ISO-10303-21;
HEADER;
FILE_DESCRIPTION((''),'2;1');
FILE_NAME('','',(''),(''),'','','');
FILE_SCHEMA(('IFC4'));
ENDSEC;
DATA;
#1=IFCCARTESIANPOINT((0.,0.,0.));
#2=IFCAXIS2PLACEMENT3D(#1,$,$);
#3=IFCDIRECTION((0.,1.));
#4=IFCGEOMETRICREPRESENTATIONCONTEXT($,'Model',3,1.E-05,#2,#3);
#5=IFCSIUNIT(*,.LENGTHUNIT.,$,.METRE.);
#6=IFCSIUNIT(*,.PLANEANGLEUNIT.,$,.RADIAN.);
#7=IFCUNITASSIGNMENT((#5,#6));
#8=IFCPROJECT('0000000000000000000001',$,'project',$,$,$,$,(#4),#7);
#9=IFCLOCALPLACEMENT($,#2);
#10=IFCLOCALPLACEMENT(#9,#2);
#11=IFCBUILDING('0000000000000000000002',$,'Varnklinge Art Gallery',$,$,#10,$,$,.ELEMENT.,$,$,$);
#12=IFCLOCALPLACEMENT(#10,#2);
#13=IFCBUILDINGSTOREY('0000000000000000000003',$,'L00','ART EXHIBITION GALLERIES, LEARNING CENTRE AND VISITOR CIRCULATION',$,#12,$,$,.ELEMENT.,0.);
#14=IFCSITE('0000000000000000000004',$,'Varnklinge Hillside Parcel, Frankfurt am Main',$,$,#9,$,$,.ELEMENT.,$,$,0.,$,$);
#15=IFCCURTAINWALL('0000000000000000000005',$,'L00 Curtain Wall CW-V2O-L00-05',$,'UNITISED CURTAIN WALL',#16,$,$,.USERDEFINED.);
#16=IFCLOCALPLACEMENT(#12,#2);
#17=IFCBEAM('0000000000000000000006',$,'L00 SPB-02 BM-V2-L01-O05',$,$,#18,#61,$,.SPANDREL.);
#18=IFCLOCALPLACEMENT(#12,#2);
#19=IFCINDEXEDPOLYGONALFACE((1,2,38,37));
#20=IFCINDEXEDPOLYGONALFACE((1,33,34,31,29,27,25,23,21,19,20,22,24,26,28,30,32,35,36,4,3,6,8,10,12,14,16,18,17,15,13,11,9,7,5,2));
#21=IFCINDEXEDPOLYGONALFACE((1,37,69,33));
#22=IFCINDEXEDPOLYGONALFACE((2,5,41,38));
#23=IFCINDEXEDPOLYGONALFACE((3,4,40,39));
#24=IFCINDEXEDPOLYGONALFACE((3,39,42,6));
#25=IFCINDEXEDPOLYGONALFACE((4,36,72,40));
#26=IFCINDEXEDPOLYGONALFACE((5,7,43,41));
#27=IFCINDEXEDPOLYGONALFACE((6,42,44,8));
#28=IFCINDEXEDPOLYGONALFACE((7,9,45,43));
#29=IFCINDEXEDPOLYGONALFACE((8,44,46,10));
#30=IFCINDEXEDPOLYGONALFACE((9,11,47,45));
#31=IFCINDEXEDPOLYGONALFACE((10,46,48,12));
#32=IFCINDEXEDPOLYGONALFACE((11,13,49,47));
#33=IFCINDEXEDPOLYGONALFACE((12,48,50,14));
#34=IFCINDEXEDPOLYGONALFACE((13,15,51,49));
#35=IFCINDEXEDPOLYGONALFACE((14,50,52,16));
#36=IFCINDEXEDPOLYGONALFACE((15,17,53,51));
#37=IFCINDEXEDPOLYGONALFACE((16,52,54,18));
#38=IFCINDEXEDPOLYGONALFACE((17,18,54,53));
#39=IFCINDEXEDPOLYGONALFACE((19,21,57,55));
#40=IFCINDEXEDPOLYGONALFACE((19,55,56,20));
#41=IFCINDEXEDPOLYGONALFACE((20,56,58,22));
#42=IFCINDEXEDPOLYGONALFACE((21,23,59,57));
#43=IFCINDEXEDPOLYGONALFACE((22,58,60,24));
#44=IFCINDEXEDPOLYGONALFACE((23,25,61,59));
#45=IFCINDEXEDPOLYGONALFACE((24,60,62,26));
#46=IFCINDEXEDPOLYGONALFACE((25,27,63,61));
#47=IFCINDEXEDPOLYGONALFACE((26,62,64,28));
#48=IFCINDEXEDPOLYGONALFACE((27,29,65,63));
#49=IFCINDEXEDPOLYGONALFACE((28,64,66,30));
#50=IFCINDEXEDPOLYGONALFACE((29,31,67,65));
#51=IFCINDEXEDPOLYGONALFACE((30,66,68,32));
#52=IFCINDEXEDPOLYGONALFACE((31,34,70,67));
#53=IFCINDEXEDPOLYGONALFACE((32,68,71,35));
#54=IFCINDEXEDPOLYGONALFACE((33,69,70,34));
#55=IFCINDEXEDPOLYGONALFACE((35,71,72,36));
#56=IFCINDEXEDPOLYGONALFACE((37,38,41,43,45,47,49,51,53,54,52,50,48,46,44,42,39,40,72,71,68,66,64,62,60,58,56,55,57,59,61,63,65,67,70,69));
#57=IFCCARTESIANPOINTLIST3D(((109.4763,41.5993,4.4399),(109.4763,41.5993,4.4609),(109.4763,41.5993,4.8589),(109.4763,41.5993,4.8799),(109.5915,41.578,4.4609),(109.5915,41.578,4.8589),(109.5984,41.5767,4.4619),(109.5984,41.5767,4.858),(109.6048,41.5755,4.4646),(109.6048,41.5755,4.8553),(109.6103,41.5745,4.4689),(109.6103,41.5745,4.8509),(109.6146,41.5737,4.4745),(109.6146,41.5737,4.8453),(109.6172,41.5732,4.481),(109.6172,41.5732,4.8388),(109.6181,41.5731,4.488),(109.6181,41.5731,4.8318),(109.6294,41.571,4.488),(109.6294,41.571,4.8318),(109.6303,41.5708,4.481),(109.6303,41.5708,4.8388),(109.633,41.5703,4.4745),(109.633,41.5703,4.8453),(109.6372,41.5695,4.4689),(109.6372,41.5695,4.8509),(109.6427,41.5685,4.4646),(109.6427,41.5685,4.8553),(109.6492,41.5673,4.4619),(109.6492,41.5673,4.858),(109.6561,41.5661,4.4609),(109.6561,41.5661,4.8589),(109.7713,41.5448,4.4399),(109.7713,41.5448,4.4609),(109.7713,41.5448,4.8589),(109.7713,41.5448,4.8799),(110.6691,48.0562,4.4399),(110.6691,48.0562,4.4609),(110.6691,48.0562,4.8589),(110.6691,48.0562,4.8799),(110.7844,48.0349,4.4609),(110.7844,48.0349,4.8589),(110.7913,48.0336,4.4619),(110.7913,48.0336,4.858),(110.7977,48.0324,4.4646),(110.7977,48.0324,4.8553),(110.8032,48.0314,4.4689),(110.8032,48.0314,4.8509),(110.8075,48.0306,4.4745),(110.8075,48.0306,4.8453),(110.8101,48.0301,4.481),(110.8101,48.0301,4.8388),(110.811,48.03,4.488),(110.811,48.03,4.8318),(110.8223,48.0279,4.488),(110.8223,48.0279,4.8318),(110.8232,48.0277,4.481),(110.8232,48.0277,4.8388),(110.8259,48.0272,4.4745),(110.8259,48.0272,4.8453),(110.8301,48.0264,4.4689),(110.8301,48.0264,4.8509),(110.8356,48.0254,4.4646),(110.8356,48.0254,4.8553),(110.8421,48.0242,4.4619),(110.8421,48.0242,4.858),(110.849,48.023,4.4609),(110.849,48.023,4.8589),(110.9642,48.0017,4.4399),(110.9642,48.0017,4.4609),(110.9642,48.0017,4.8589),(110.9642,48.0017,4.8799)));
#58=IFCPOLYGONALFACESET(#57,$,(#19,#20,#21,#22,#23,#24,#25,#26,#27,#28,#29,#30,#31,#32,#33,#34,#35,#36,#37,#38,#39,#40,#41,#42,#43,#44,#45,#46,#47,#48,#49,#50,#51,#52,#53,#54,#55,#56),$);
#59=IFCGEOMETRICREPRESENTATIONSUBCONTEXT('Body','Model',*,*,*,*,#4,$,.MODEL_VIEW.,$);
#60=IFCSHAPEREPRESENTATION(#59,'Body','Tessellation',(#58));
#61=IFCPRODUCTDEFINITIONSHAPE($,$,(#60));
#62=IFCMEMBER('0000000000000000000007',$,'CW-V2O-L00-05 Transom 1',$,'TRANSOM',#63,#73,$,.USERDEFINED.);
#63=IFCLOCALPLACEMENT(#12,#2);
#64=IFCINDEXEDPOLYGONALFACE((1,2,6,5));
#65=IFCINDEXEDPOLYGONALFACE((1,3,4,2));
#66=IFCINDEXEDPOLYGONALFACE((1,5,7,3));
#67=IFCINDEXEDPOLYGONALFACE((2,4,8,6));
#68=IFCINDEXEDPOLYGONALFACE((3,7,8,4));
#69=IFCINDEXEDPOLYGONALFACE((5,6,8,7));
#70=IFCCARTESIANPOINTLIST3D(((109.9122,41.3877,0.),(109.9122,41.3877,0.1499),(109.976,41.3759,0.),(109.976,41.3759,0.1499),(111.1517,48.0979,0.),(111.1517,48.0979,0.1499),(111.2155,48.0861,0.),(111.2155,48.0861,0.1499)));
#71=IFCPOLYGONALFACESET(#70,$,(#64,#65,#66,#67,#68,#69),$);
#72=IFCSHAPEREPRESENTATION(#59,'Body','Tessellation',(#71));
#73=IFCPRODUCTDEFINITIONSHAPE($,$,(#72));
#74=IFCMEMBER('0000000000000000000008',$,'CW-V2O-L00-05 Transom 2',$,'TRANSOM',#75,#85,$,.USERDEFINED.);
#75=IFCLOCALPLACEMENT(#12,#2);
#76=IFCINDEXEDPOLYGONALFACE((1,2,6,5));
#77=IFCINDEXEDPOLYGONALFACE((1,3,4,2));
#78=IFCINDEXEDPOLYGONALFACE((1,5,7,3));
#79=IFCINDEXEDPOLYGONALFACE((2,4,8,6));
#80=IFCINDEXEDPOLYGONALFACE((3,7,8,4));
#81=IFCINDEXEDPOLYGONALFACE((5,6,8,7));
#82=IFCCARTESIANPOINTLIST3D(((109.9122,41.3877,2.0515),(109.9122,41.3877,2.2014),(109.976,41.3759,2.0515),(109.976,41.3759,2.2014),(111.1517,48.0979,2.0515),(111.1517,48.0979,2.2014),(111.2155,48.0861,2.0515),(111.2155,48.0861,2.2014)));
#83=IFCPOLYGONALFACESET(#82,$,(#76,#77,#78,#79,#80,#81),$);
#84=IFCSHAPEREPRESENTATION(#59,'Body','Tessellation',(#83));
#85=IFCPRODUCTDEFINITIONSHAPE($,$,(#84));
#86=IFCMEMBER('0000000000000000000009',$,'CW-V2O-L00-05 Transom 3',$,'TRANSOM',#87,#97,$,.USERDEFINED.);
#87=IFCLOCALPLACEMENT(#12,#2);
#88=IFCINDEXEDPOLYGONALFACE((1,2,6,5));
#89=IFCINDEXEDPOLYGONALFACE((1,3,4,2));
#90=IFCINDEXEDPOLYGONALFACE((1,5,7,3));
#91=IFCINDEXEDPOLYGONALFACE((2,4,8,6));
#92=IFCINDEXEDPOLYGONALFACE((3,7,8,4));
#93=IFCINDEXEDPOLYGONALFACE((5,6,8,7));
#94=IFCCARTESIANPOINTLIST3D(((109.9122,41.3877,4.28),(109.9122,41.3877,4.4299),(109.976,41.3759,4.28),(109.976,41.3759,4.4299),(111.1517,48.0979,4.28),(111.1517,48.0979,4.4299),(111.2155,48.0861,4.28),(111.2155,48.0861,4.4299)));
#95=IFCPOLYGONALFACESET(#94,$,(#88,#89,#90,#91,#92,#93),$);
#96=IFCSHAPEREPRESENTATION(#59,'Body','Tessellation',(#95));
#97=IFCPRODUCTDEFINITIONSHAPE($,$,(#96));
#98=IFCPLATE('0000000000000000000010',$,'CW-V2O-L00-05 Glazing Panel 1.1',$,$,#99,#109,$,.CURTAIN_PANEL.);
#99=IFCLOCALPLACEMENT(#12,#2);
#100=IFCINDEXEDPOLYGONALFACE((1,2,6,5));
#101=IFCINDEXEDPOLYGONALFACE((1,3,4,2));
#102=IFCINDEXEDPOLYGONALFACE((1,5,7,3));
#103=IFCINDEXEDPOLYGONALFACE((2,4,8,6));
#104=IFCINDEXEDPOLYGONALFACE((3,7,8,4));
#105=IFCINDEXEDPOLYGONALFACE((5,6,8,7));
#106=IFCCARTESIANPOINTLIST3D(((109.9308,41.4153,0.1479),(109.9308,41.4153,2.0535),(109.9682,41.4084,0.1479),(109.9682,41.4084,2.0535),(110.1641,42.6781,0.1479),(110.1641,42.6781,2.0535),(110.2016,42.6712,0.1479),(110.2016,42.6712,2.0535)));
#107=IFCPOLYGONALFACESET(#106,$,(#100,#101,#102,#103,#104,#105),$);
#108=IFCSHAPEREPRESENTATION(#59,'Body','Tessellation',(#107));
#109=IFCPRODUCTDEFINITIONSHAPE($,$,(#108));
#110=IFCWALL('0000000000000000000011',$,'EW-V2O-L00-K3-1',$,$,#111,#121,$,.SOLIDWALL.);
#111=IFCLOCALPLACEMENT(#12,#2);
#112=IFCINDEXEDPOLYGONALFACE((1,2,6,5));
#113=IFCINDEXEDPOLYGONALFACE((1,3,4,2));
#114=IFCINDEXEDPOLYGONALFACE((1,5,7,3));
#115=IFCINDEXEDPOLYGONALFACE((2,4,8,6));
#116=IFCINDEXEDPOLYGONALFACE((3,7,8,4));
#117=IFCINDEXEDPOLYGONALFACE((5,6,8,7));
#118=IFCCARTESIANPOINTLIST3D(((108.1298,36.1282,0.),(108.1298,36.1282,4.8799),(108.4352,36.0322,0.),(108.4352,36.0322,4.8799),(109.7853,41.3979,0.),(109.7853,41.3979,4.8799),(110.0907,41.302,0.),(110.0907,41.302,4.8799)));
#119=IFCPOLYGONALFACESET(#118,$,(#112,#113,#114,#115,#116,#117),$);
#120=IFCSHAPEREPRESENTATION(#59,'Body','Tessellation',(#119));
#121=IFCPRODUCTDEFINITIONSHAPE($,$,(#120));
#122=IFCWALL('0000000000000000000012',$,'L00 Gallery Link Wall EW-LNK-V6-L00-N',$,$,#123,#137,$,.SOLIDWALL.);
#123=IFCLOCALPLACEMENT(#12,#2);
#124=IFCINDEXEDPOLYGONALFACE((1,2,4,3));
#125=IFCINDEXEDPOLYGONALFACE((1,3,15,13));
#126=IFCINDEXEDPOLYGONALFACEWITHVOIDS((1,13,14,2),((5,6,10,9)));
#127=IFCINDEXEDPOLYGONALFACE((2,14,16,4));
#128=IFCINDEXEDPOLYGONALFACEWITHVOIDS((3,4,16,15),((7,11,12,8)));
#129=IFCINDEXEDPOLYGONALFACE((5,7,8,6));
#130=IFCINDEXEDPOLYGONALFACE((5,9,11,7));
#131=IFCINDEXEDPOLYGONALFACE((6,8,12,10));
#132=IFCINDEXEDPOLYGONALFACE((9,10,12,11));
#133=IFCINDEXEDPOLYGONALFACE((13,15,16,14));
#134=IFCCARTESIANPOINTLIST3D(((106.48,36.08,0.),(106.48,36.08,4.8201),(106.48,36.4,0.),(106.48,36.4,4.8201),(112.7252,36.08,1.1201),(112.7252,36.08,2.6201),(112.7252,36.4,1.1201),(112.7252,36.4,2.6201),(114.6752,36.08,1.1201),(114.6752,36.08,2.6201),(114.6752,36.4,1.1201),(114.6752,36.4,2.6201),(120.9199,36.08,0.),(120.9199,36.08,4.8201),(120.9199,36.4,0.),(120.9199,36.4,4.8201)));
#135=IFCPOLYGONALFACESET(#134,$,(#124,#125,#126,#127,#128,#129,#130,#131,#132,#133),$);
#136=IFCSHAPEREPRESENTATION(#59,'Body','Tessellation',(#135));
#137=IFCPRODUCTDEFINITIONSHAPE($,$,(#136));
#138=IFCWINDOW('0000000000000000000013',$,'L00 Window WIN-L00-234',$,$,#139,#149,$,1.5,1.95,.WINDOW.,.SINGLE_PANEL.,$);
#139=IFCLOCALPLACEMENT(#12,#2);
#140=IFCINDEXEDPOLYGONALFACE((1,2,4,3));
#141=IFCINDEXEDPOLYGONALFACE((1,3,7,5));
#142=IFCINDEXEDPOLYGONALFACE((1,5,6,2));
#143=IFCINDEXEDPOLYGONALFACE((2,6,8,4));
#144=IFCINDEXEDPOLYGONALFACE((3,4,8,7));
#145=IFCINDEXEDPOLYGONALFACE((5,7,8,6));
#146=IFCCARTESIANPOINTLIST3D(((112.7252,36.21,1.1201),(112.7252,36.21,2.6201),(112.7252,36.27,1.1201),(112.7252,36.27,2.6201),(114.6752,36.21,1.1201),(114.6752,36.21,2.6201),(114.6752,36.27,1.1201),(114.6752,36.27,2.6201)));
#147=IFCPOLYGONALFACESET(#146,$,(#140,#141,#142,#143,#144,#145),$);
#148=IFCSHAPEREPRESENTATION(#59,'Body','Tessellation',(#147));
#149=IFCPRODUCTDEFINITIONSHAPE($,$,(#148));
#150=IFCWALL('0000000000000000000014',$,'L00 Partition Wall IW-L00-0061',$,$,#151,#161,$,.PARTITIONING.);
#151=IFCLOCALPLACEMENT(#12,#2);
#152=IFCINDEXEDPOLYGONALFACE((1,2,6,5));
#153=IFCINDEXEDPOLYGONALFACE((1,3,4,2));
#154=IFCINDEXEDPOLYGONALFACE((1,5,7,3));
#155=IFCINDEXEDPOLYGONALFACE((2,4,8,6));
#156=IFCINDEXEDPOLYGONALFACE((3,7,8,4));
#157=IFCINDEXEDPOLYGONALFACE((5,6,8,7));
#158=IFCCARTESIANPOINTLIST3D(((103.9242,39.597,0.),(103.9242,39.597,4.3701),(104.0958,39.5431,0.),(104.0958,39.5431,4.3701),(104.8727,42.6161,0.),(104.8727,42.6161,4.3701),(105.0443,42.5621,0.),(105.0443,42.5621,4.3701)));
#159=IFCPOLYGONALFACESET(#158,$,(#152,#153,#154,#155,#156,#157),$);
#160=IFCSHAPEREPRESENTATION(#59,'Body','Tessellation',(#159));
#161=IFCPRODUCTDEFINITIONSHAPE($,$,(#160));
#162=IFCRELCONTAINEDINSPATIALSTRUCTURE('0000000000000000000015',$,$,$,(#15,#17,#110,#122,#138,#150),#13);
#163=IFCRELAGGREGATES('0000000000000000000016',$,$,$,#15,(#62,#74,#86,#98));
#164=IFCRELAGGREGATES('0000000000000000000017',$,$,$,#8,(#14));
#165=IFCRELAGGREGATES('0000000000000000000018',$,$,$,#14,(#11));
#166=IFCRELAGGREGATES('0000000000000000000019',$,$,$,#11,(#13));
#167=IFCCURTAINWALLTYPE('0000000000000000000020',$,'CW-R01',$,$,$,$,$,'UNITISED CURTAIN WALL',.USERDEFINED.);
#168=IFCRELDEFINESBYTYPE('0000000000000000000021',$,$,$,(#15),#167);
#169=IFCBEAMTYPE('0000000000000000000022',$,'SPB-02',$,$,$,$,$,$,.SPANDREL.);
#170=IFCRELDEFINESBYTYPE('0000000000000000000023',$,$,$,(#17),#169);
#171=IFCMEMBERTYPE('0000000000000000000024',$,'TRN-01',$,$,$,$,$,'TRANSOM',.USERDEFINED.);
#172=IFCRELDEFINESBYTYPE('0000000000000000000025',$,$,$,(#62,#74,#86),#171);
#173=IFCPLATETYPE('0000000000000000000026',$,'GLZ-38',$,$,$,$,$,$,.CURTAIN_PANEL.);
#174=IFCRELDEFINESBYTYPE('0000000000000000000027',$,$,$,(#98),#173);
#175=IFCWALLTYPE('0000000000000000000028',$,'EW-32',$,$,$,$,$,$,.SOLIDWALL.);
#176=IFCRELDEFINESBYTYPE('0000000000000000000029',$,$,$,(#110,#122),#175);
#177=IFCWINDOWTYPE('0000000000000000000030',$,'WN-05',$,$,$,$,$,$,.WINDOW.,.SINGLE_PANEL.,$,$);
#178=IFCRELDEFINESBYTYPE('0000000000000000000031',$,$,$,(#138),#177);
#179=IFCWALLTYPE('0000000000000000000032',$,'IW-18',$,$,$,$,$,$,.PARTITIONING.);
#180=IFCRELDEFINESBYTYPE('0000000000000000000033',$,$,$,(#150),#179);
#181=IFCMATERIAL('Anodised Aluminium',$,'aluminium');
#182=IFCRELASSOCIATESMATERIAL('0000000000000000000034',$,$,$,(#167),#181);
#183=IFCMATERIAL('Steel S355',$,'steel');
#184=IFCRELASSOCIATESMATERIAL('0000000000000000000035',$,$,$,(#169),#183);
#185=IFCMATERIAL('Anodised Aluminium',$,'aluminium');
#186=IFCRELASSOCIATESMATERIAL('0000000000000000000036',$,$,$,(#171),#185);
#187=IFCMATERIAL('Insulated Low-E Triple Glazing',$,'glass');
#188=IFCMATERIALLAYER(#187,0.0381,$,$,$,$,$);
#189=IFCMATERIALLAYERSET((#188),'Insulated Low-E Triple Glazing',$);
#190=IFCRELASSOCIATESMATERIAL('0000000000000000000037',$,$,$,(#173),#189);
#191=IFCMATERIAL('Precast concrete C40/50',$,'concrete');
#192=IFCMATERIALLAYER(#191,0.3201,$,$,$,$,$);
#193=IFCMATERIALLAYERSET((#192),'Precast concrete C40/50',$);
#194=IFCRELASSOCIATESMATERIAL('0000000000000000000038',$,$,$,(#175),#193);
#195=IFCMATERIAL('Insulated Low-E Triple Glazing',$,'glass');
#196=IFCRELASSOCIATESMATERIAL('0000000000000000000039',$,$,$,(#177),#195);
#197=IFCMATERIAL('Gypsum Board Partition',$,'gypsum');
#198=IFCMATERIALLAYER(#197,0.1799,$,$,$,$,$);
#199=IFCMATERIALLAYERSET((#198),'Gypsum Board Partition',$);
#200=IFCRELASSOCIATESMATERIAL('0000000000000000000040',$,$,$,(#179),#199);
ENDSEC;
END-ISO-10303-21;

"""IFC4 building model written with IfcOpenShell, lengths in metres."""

from ifc_helpers import new_model, si_unit, direction, frame, frame_2d, origin, origin_2d, place, context, subcontext, project, spatial, rectangle, i_section, extrude, material, layer, layer_set, material_profile, profile_set, type_object, element, fill, aggregate, save


model = new_model("IFC4")

# Units and contexts
model_context = context("Model", 3, precision=1e-05, world=origin(), true_north=direction((0.0, 1.0)))
body_context = subcontext(model_context, "Body", "Model", "MODEL_VIEW")
ifc_project = project(units=[si_unit("LENGTHUNIT", "METRE"), si_unit("PLANEANGLEUNIT", "RADIAN")], contexts=[model_context])

# Site, building, storey
site_placement = place(None, origin())
site = spatial("IfcSite", under=ifc_project, at=site_placement, Name="Varnklinge Hillside Parcel, Frankfurt am Main", CompositionType="ELEMENT", RefElevation=0.0)
building_placement = place(site_placement, origin())
building = spatial("IfcBuilding", under=site, at=building_placement, Name="Varnklinge Art Gallery", CompositionType="ELEMENT")
storey_placement = place(building_placement, origin())
storey = spatial("IfcBuildingStorey", under=building, at=storey_placement, Name="L00", Description="ART EXHIBITION GALLERIES, LEARNING CENTRE AND VISITOR CIRCULATION", CompositionType="ELEMENT", Elevation=0.0)

# Curtain wall
ifc_material_1 = material(Name="Anodised Aluminium", Category="aluminium")
curtain_wall_type = type_object("IfcCurtainWallType", Name="CW-R01", ElementType="UNITISED CURTAIN WALL", PredefinedType="USERDEFINED", material=ifc_material_1)
curtain_wall_placement = place(storey_placement, origin())
curtain_wall = element("IfcCurtainWall", 1, at=curtain_wall_placement, inside=storey, type_object=curtain_wall_type, Name="L00 Curtain Wall CW-V2O-L00-05", ObjectType="UNITISED CURTAIN WALL", PredefinedType="USERDEFINED")

# Beam
ifc_material_2 = material(Name="Steel S355", Category="steel")
ifc_material_profile_1 = material_profile(ifc_material_2, i_section(OverallWidth=0.3, OverallDepth=0.4399, WebThickness=0.0115, FlangeThickness=0.021, FilletRadius=0.0271, at=origin_2d()), Name="HEA 450")
ifc_profile_set_1 = profile_set([ifc_material_profile_1], Name="Steel S355")
beam_type_1 = type_object("IfcBeamType", Name="SPB-02", PredefinedType="SPANDREL", material=ifc_profile_set_1)
beam_1_placement = place(storey_placement, frame((109.6238, 41.572, 4.6599), z_axis=(0.181672, 0.983359, 0.0), x_axis=(-0.983359, 0.181672, 0.0)))
element("IfcBeam", 2, at=beam_1_placement, inside=storey, type_object=beam_type_1, Name="L00 SPB-02 BM-V2-L01-O05", PredefinedType="SPANDREL", context=body_context, shape_type="SweptSolid", body=[
    extrude(i_section(OverallWidth=0.3, OverallDepth=0.4399, WebThickness=0.0115, FlangeThickness=0.021, FilletRadius=0.0271, at=origin_2d()), origin(), (0.0, 0.0, 1.0), 6.5662),
])

# Members
ifc_material_3 = material(Name="Anodised Aluminium", Category="aluminium")
ifc_material_profile_2 = material_profile(ifc_material_3, rectangle(XDim=0.0649, YDim=0.1499, at=origin_2d()), Name="ALU 65x150")
ifc_profile_set_2 = profile_set([ifc_material_profile_2], Name="Anodised Aluminium")
member_type_1 = type_object("IfcMemberType", Name="TRN-01", ElementType="TRANSOM", PredefinedType="USERDEFINED", material=ifc_profile_set_2)
member_1_placement = place(storey_placement, frame((109.9441, 41.3818, 0.075), z_axis=(0.181646, 0.983364, 0.0), x_axis=(-0.983364, 0.181646, 0.0)))
member_1 = element("IfcMember", 3, at=member_1_placement, type_object=member_type_1, Name="CW-V2O-L00-05 Transom 1", ObjectType="TRANSOM", PredefinedType="USERDEFINED", context=body_context, shape_type="SweptSolid", body=[
    extrude(rectangle(XDim=0.0649, YDim=0.1499, at=origin_2d()), origin(), (0.0, 0.0, 1.0), 6.8237),
])
member_2_placement = place(storey_placement, frame((109.9441, 41.3818, 2.1265), z_axis=(0.181646, 0.983364, 0.0), x_axis=(-0.983364, 0.181646, 0.0)))
member_2 = element("IfcMember", 4, at=member_2_placement, type_object=member_type_1, Name="CW-V2O-L00-05 Transom 2", ObjectType="TRANSOM", PredefinedType="USERDEFINED", context=body_context, shape_type="SweptSolid", body=[
    extrude(rectangle(XDim=0.0649, YDim=0.1499, at=origin_2d()), origin(), (0.0, 0.0, 1.0), 6.8237),
])
member_3_placement = place(storey_placement, frame((109.9441, 41.3818, 4.355), z_axis=(0.181646, 0.983364, 0.0), x_axis=(-0.983364, 0.181646, 0.0)))
member_3 = element("IfcMember", 5, at=member_3_placement, type_object=member_type_1, Name="CW-V2O-L00-05 Transom 3", ObjectType="TRANSOM", PredefinedType="USERDEFINED", context=body_context, shape_type="SweptSolid", body=[
    extrude(rectangle(XDim=0.0649, YDim=0.1499, at=origin_2d()), origin(), (0.0, 0.0, 1.0), 6.8237),
])

# Plate
ifc_material_4 = material(Name="Insulated Low-E Triple Glazing", Category="glass")
ifc_layer_1 = layer(ifc_material_4, 0.0381)
ifc_layer_set_1 = layer_set([ifc_layer_1], Name="Insulated Low-E Triple Glazing")
plate_type = type_object("IfcPlateType", Name="GLZ-38", PredefinedType="CURTAIN_PANEL", material=ifc_layer_set_1)
plate_placement = place(storey_placement, frame((110.0662, 42.0432, 0.1479), z_axis=(0.0, 0.0, 1.0), x_axis=(0.181721, 0.98335, 0.0)))
plate = element("IfcPlate", 6, at=plate_placement, type_object=plate_type, Name="CW-V2O-L00-05 Glazing Panel 1.1", PredefinedType="CURTAIN_PANEL", context=body_context, shape_type="SweptSolid", body=[
    extrude(rectangle(XDim=1.2842, YDim=0.0381, at=origin_2d()), origin(), (0.0, 0.0, 1.0), 1.9055),
])
aggregate(curtain_wall, [member_1, member_2, member_3, plate])

# Wall
ifc_material_5 = material(Name="Precast concrete C40/50", Category="concrete")
ifc_layer_2 = layer(ifc_material_5, 0.3201)
ifc_layer_set_2 = layer_set([ifc_layer_2], Name="Precast concrete C40/50")
wall_type_1 = type_object("IfcWallType", Name="EW-32", PredefinedType="SOLIDWALL", material=ifc_layer_set_2)
wall_1_placement = place(storey_placement, frame((109.938, 41.3499, 0.0), z_axis=(0.0, 0.0, 1.0), x_axis=(-0.299712, -0.95403, 0.0)))
element("IfcWall", 7, at=wall_1_placement, inside=storey, type_object=wall_type_1, Name="EW-V2O-L00-K3-1", PredefinedType="SOLIDWALL", context=body_context, shape_type="SweptSolid", body=[
    extrude(rectangle(XDim=5.5237, YDim=0.3201, at=frame_2d((2.7617, 0.0))), origin(), (0.0, 0.0, 1.0), 4.8799),
])

# Wall, opening, window
wall_2_placement = place(storey_placement, frame((106.48, 36.24, 0.0), z_axis=(0.0, 0.0, 1.0), x_axis=(1.0, 0.0, 0.0)))
wall_2 = element("IfcWall", 8, at=wall_2_placement, inside=storey, type_object=wall_type_1, Name="L00 Gallery Link Wall EW-LNK-V6-L00-N", PredefinedType="SOLIDWALL", context=body_context, shape_type="SweptSolid", body=[
    extrude(rectangle(XDim=14.4399, YDim=0.3201, at=frame_2d((7.22, 0.0))), origin(), (0.0, 0.0, 1.0), 4.8201),
])
opening_placement = place(wall_2_placement, frame((6.2451, 0.0, 1.1201)))
opening = element("IfcOpeningElement", 9, at=opening_placement, cuts=wall_2, PredefinedType="OPENING", context=body_context, shape_type="SweptSolid", body=[
    extrude(rectangle(XDim=1.95, YDim=1.5, at=frame_2d((0.9751, 0.75))), frame((0.0, 0.1702, 0.0), z_axis=(0.0, -1.0, 0.0), x_axis=(1.0, 0.0, 0.0)), (0.0, 0.0, 1.0), 0.3401),
])
ifc_material_6 = material(Name="Insulated Low-E Triple Glazing", Category="glass")
window_type = type_object("IfcWindowType", Name="WN-05", PartitioningType="SINGLE_PANEL", PredefinedType="WINDOW", material=ifc_material_6)
window_placement = place(opening_placement, origin())
window = element("IfcWindow", 10, at=window_placement, inside=storey, type_object=window_type, Name="L00 Window WIN-L00-234", OverallHeight=1.5, OverallWidth=1.95, PartitioningType="SINGLE_PANEL", PredefinedType="WINDOW", context=body_context, shape_type="SweptSolid", body=[
    extrude(rectangle(XDim=1.95, YDim=1.5, at=frame_2d((0.9751, 0.75))), frame((0.0, 0.03, 0.0), z_axis=(0.0, -1.0, 0.0), x_axis=(1.0, 0.0, 0.0)), (0.0, 0.0, 1.0), 0.0601),
])
fill(opening, window)

# Wall
ifc_material_7 = material(Name="Gypsum Board Partition", Category="gypsum")
ifc_layer_3 = layer(ifc_material_7, 0.1799)
ifc_layer_set_3 = layer_set([ifc_layer_3], Name="Gypsum Board Partition")
wall_type_2 = type_object("IfcWallType", Name="IW-18", PredefinedType="PARTITIONING", material=ifc_layer_set_3)
wall_3_placement = place(storey_placement, frame((104.9585, 42.5891, 0.0), z_axis=(0.0, 0.0, 1.0), x_axis=(-0.299724, -0.954026, 0.0)))
element("IfcWall", 11, at=wall_3_placement, inside=storey, type_object=wall_type_2, Name="L00 Partition Wall IW-L00-0061", PredefinedType="PARTITIONING", context=body_context, shape_type="SweptSolid", body=[
    extrude(rectangle(XDim=3.1646, YDim=0.1799, at=frame_2d((1.5823, 0.0))), origin(), (0.0, 0.0, 1.0), 4.3701),
])

save(model, "model.ifc")
